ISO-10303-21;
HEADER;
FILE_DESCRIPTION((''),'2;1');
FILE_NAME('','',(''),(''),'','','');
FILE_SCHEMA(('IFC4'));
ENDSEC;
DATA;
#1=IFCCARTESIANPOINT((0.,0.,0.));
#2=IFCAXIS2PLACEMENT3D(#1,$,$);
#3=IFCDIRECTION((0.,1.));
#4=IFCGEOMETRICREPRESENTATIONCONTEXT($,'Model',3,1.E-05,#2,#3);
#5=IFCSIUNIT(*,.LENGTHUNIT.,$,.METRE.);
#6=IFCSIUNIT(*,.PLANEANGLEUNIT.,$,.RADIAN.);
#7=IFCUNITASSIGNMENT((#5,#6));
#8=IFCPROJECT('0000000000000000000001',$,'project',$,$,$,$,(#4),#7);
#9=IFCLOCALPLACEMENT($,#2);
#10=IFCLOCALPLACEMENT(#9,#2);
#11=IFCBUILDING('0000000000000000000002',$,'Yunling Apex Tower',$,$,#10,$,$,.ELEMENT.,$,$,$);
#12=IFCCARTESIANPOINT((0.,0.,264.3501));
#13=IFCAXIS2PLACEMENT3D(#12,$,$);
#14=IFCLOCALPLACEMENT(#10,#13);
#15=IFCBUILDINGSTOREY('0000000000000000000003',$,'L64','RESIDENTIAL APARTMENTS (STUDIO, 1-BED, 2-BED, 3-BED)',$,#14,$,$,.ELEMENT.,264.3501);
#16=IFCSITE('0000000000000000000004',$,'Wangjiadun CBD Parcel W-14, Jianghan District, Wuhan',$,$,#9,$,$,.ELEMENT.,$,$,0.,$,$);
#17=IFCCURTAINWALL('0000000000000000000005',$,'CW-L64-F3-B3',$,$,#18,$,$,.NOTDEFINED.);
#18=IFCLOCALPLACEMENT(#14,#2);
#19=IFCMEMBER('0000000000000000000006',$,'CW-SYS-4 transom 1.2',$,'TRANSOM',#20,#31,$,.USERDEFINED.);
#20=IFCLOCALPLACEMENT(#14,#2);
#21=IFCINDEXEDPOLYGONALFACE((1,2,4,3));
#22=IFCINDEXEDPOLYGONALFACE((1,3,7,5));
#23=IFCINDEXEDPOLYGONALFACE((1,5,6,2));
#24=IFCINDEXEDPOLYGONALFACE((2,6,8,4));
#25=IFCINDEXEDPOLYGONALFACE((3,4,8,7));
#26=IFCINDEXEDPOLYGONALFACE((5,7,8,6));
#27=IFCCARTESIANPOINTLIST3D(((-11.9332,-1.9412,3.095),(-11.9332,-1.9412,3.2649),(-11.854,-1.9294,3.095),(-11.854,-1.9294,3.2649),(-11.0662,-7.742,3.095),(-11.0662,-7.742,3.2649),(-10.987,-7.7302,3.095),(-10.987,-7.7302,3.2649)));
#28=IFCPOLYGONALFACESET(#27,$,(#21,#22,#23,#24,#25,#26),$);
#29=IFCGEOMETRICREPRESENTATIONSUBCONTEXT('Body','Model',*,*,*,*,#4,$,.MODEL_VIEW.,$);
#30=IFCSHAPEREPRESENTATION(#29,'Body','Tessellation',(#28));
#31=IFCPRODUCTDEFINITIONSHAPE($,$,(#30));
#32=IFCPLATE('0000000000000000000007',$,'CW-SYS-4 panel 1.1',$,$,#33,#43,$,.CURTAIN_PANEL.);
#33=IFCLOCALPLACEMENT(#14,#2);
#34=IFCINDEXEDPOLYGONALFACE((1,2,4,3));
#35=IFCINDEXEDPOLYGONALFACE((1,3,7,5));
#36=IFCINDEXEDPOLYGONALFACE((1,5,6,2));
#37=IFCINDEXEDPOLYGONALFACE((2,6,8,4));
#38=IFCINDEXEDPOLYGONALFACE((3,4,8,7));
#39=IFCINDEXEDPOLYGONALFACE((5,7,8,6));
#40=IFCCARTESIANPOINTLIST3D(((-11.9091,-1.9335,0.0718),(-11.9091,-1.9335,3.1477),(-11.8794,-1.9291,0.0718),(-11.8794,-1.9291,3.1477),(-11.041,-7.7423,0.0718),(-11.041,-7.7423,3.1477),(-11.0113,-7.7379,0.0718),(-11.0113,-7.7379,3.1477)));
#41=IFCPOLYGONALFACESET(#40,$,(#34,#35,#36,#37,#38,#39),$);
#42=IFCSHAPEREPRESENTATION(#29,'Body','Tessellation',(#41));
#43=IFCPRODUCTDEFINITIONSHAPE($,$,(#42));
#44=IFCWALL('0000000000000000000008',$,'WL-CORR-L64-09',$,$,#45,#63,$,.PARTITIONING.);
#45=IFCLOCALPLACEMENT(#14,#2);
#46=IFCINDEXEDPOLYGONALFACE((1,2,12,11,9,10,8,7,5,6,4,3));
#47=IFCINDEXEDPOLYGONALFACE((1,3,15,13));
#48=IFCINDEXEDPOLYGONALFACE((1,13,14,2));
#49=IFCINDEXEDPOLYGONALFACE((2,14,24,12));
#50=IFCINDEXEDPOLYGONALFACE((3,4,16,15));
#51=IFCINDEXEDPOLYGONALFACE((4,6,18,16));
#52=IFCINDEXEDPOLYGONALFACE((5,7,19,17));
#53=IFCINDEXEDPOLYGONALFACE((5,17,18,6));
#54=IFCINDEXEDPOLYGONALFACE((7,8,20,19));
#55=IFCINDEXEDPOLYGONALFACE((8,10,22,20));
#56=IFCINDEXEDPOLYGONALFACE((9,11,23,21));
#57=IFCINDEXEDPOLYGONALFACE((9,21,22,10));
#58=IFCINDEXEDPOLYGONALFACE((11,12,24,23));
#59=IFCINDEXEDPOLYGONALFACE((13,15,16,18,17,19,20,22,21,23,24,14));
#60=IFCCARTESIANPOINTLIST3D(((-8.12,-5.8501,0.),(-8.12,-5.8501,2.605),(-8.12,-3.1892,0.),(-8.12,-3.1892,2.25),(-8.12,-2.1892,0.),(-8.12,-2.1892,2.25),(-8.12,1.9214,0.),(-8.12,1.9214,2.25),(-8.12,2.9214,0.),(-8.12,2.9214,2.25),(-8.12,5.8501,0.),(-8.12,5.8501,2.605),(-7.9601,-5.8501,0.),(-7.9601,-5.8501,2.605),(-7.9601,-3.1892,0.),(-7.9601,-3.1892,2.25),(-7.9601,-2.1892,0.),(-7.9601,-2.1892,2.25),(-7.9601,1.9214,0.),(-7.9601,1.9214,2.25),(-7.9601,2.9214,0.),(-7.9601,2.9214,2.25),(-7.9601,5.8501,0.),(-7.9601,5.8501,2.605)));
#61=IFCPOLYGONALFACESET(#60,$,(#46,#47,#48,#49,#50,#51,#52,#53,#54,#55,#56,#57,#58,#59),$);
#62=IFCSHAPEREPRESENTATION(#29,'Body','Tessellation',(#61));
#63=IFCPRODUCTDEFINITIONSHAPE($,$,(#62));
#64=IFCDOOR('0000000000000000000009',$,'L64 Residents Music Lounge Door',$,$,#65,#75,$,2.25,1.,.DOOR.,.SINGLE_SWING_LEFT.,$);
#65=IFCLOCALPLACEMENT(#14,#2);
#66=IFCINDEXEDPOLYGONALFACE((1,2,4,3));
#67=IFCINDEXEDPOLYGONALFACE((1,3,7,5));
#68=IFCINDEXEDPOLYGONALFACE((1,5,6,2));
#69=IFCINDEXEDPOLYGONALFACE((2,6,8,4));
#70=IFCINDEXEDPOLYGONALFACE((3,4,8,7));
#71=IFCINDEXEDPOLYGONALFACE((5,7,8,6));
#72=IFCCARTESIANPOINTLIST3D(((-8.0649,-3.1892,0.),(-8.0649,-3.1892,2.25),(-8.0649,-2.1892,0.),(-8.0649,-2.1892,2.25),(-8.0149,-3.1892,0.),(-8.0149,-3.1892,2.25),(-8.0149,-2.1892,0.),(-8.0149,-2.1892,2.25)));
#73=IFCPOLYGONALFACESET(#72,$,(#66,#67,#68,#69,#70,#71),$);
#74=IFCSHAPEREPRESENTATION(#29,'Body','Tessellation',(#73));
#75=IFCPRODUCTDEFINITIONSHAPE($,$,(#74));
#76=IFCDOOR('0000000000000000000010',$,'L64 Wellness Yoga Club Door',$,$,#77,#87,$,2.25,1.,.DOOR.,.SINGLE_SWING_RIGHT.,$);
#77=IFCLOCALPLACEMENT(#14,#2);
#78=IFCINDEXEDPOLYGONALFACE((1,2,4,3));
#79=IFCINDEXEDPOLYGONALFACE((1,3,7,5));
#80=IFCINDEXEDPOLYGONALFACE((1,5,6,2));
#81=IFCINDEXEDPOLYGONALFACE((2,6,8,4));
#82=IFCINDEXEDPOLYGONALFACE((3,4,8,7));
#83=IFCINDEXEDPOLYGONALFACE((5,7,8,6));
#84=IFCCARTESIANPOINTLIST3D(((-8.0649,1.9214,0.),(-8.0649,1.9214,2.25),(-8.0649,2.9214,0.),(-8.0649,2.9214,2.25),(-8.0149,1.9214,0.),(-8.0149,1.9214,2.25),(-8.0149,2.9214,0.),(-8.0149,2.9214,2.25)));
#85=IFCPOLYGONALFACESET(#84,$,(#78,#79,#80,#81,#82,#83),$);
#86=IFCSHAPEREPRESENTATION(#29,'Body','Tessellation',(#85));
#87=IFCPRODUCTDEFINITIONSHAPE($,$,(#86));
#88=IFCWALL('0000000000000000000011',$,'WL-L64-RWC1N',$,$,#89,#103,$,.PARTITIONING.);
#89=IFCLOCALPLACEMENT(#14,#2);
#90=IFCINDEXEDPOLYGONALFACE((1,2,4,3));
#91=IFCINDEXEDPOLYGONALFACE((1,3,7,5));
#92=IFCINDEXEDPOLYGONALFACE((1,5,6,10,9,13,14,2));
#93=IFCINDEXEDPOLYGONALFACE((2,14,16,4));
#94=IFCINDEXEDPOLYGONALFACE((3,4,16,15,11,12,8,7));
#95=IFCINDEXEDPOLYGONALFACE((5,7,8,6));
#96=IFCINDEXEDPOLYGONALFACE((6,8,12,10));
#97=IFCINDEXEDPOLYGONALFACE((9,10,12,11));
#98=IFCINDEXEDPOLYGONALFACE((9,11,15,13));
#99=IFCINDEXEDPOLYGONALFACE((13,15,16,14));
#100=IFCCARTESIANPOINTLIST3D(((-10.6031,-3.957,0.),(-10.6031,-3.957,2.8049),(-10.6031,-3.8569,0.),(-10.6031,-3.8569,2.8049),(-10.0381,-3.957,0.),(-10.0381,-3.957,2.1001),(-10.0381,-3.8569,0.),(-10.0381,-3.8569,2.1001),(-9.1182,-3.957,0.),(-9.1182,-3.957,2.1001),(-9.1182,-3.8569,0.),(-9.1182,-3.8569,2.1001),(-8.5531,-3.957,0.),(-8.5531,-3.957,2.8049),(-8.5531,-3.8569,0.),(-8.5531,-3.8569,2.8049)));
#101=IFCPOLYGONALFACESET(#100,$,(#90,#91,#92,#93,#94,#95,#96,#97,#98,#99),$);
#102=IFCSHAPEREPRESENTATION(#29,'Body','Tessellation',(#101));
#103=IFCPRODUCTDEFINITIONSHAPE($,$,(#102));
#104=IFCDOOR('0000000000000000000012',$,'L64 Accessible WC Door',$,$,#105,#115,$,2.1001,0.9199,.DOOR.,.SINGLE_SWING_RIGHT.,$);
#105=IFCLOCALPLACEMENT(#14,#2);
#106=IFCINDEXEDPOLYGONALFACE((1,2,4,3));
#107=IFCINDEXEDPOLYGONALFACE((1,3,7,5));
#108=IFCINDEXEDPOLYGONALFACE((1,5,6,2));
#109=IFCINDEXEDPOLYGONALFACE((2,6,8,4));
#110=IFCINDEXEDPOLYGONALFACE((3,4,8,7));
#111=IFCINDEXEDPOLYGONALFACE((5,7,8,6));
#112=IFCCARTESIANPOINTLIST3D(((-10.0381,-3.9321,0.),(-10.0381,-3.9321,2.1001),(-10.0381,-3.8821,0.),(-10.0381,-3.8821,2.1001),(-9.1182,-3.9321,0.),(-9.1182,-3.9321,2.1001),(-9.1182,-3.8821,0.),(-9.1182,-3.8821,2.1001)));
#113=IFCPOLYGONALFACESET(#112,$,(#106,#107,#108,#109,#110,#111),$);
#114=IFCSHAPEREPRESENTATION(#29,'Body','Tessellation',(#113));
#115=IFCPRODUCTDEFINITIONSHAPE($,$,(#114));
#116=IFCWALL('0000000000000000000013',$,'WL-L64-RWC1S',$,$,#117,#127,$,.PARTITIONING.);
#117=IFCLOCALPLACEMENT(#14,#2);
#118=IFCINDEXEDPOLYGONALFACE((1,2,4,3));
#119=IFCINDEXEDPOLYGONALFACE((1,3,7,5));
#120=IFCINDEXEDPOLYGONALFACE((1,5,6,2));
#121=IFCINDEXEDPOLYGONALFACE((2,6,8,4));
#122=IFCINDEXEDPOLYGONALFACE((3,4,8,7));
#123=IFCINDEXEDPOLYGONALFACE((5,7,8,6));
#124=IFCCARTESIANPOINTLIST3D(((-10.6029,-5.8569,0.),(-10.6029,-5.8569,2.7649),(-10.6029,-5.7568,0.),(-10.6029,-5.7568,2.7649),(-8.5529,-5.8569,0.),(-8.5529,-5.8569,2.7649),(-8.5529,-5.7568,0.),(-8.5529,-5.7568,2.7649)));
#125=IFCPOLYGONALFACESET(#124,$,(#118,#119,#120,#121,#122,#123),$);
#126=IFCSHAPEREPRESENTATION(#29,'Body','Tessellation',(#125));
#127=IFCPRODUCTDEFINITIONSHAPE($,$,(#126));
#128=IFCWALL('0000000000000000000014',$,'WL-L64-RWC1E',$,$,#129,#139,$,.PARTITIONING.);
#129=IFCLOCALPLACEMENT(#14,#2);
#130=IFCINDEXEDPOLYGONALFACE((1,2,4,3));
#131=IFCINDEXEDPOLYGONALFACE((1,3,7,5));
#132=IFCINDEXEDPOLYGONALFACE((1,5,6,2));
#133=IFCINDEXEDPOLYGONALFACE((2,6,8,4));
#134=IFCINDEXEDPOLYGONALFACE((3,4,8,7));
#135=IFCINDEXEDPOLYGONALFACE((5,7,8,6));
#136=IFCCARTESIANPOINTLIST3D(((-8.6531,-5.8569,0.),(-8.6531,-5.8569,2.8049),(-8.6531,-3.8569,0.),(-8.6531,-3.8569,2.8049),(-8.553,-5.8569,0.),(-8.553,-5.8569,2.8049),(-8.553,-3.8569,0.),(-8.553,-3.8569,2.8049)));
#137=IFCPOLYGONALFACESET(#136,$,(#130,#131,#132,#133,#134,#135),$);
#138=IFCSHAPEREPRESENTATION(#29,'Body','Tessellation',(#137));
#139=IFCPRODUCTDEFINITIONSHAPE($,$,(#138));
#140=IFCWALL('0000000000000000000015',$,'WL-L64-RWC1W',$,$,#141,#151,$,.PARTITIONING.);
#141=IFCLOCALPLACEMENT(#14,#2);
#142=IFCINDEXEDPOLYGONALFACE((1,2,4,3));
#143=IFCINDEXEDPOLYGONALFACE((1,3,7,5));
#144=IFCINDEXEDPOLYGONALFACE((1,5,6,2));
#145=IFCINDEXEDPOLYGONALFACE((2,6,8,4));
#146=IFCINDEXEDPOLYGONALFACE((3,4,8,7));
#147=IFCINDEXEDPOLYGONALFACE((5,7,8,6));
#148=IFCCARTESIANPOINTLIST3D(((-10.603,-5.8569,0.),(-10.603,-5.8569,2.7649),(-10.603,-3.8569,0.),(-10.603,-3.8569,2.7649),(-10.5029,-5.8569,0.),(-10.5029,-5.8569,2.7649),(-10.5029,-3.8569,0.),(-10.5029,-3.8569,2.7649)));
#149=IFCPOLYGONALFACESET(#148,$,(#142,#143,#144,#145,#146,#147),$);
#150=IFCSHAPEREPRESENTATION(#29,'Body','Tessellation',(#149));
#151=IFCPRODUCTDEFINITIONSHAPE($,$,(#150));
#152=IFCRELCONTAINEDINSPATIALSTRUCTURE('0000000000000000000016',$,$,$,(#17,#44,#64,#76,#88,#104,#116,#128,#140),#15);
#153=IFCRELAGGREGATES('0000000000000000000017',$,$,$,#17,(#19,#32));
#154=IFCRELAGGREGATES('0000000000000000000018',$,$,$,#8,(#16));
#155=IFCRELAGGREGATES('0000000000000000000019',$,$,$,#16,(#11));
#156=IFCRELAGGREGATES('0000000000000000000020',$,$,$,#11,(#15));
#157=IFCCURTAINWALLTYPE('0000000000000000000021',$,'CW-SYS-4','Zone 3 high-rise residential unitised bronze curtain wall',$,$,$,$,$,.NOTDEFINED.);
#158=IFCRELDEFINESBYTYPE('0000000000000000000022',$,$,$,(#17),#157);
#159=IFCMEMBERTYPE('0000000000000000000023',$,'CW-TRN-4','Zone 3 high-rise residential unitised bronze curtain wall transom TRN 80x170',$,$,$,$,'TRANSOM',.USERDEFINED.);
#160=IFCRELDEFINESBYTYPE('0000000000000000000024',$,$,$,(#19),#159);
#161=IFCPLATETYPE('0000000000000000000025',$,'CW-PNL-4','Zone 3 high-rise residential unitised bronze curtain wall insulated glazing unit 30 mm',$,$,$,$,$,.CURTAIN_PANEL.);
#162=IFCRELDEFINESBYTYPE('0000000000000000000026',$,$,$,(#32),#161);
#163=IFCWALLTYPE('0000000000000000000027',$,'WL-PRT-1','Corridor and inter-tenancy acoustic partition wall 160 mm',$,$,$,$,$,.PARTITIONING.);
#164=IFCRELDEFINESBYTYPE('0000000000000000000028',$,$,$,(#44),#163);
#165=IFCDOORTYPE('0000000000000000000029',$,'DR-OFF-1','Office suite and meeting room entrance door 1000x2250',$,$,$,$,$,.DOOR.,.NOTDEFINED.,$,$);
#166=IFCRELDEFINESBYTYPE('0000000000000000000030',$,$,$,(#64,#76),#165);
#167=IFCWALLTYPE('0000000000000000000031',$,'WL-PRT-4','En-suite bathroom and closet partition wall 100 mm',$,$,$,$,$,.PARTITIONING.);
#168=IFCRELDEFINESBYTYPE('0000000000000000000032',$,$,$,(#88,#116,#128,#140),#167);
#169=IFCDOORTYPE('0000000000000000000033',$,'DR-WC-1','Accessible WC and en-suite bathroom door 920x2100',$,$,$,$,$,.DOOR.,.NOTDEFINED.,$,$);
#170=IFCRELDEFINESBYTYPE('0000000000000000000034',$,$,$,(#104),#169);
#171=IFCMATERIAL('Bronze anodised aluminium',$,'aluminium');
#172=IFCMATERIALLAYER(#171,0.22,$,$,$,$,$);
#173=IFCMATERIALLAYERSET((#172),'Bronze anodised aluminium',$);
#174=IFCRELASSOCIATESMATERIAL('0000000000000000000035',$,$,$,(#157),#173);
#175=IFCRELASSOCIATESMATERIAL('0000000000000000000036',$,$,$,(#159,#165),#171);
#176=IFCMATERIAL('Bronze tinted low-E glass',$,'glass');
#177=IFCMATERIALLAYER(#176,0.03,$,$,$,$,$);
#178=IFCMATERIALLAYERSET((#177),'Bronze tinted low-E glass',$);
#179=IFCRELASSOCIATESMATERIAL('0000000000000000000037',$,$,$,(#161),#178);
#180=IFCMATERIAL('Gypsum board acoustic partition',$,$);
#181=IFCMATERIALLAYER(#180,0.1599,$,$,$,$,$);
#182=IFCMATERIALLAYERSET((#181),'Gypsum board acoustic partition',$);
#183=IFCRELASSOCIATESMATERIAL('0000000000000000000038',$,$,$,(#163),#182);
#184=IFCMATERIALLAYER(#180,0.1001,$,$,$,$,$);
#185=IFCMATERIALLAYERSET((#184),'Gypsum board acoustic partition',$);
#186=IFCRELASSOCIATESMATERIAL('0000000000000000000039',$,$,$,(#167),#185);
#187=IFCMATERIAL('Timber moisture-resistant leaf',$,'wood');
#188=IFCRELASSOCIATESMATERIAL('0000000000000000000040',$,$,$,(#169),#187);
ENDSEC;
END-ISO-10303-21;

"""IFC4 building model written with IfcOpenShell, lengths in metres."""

from ifc_helpers import new_model, si_unit, direction, frame, frame_2d, origin, origin_2d, place, context, subcontext, project, spatial, rectangle, extrude, source, transform, mapped, material, layer, layer_set, material_profile, profile_set, type_object, element, fill, aggregate, save


model = new_model("IFC4")

# Units and contexts
model_context = context("Model", 3, precision=1e-05, world=origin(), true_north=direction((0.0, 1.0)))
body_context = subcontext(model_context, "Body", "Model", "MODEL_VIEW")
ifc_project = project(units=[si_unit("LENGTHUNIT", "METRE"), si_unit("PLANEANGLEUNIT", "RADIAN")], contexts=[model_context])

# Site, building, storey
site_placement = place(None, origin())
site = spatial("IfcSite", under=ifc_project, at=site_placement, Name="Wangjiadun CBD Parcel W-14, Jianghan District, Wuhan", CompositionType="ELEMENT", RefElevation=0.0)
building_placement = place(site_placement, origin())
building = spatial("IfcBuilding", under=site, at=building_placement, Name="Yunling Apex Tower", CompositionType="ELEMENT")
storey_placement = place(building_placement, frame((0.0, 0.0, 264.3501)))
storey = spatial("IfcBuildingStorey", under=building, at=storey_placement, Name="L64", Description="RESIDENTIAL APARTMENTS (STUDIO, 1-BED, 2-BED, 3-BED)", CompositionType="ELEMENT", Elevation=264.3501)

# Shared definitions
ifc_material_1 = material(Name="Bronze anodised aluminium", Category="aluminium")
ifc_layer_1 = layer(ifc_material_1, 0.22)
ifc_layer_set_1 = layer_set([ifc_layer_1], Name="Bronze anodised aluminium")
curtain_wall_type = type_object("IfcCurtainWallType", Name="CW-SYS-4", Description="Zone 3 high-rise residential unitised bronze curtain wall", PredefinedType="NOTDEFINED", material=ifc_layer_set_1)

# Curtain wall, member, plate
curtain_wall_1_placement = place(storey_placement, origin())
curtain_wall_1 = element("IfcCurtainWall", 1, at=curtain_wall_1_placement, inside=storey, type_object=curtain_wall_type, Name="CW-L64-F3-B3", PredefinedType="NOTDEFINED")
ifc_material_profile_1 = material_profile(ifc_material_1, rectangle(XDim=0.0801, YDim=0.1699, at=origin_2d()))
ifc_profile_set_1 = profile_set([ifc_material_profile_1], Name="Bronze anodised aluminium")
member_type_1 = type_object("IfcMemberType", Name="CW-TRN-4", Description="Zone 3 high-rise residential unitised bronze curtain wall transom TRN 80x170", ElementType="TRANSOM", PredefinedType="USERDEFINED", material=ifc_profile_set_1)
shared_shape_1 = source(origin(), body_context, "Body", "SweptSolid", [
    extrude(rectangle(XDim=0.0801, YDim=0.1699, at=origin_2d()), origin(), (0.0, 0.0, 1.0), 5.8652),
])
member_1_placement = place(storey_placement, frame((-11.8936, -1.9353, 3.1799), z_axis=(0.147811, -0.989016, 0.0), x_axis=(0.989016, 0.147811, 0.0)))
member_1 = element("IfcMember", 2, at=member_1_placement, type_object=member_type_1, Name="CW-SYS-4 transom 1.2", ObjectType="TRANSOM", PredefinedType="USERDEFINED", context=body_context, shape_type="MappedRepresentation", body=[
    mapped(shared_shape_1, transform((0.0, 0.0, 0.0), scale=1.0)),
])
ifc_material_2 = material(Name="Bronze tinted low-E glass", Category="glass")
ifc_layer_2 = layer(ifc_material_2, 0.03)
ifc_layer_set_2 = layer_set([ifc_layer_2], Name="Bronze tinted low-E glass")
plate_type = type_object("IfcPlateType", Name="CW-PNL-4", Description="Zone 3 high-rise residential unitised bronze curtain wall insulated glazing unit 30 mm", PredefinedType="CURTAIN_PANEL", material=ifc_layer_set_2)
shared_shape_2 = source(origin(), body_context, "Body", "SweptSolid", [
    extrude(rectangle(XDim=5.8733, YDim=0.03, at=origin_2d()), origin(), (0.0, 0.0, 1.0), 3.0759),
])
plate_placement = place(storey_placement, frame((-11.4602, -4.8357, 0.0718), z_axis=(0.0, 0.0, 1.0), x_axis=(0.147807, -0.989016, 0.0)))
plate = element("IfcPlate", 3, at=plate_placement, type_object=plate_type, Name="CW-SYS-4 panel 1.1", PredefinedType="CURTAIN_PANEL", context=body_context, shape_type="MappedRepresentation", body=[
    mapped(shared_shape_2, transform((0.0, 0.0, 0.0), scale=1.0)),
])
aggregate(curtain_wall_1, [member_1, plate])

# Wall, openings, doors
ifc_material_3 = material(Name="Gypsum board acoustic partition")
ifc_layer_3 = layer(ifc_material_3, 0.1599)
ifc_layer_set_3 = layer_set([ifc_layer_3], Name="Gypsum board acoustic partition")
wall_type_1 = type_object("IfcWallType", Name="WL-PRT-1", Description="Corridor and inter-tenancy acoustic partition wall 160 mm", PredefinedType="PARTITIONING", material=ifc_layer_set_3)
wall_1_placement = place(storey_placement, frame((-8.04, -5.8501, 0.0), z_axis=(0.0, 0.0, 1.0), x_axis=(0.0, 1.0, 0.0)))
wall_1 = element("IfcWall", 4, at=wall_1_placement, inside=storey, type_object=wall_type_1, Name="WL-CORR-L64-09", PredefinedType="PARTITIONING", context=body_context, shape_type="SweptSolid", body=[
    extrude(rectangle(XDim=11.7002, YDim=0.1599, at=frame_2d((5.8501, 0.0))), origin(), (0.0, 0.0, 1.0), 2.605),
])
opening_1_placement = place(wall_1_placement, frame((2.6609, 0.0, 0.0)))
opening_1 = element("IfcOpeningElement", 5, at=opening_1_placement, cuts=wall_1, PredefinedType="OPENING", context=body_context, shape_type="SweptSolid", body=[
    extrude(rectangle(XDim=1.0, YDim=2.25, at=frame_2d((0.5, 1.125))), frame((0.0, 0.0898, 0.0), z_axis=(0.0, -1.0, 0.0), x_axis=(1.0, 0.0, 0.0)), (0.0, 0.0, 1.0), 0.1799),
])
opening_2_placement = place(wall_1_placement, frame((7.7715, 0.0, 0.0)))
opening_2 = element("IfcOpeningElement", 6, at=opening_2_placement, cuts=wall_1, PredefinedType="OPENING", context=body_context, shape_type="SweptSolid", body=[
    extrude(rectangle(XDim=1.0, YDim=2.25, at=frame_2d((0.5, 1.125))), frame((0.0, 0.0898, 0.0), z_axis=(0.0, -1.0, 0.0), x_axis=(1.0, 0.0, 0.0)), (0.0, 0.0, 1.0), 0.1799),
])
door_type_1 = type_object("IfcDoorType", Name="DR-OFF-1", Description="Office suite and meeting room entrance door 1000x2250", OperationType="NOTDEFINED", PredefinedType="DOOR", material=ifc_material_1)
door_1_placement = place(opening_1_placement, origin())
door_1 = element("IfcDoor", 7, at=door_1_placement, inside=storey, type_object=door_type_1, Name="L64 Residents Music Lounge Door", OperationType="SINGLE_SWING_LEFT", OverallHeight=2.25, OverallWidth=1.0, PredefinedType="DOOR", context=body_context, shape_type="SweptSolid", body=[
    extrude(rectangle(XDim=1.0, YDim=2.25, at=frame_2d((0.5, 1.125))), frame((0.0, 0.0249, 0.0), z_axis=(0.0, -1.0, 0.0), x_axis=(1.0, 0.0, 0.0)), (0.0, 0.0, 1.0), 0.05),
])
fill(opening_1, door_1)
door_2_placement = place(opening_2_placement, origin())
door_2 = element("IfcDoor", 8, at=door_2_placement, inside=storey, type_object=door_type_1, Name="L64 Wellness Yoga Club Door", OperationType="SINGLE_SWING_RIGHT", OverallHeight=2.25, OverallWidth=1.0, PredefinedType="DOOR", context=body_context, shape_type="SweptSolid", body=[
    extrude(rectangle(XDim=1.0, YDim=2.25, at=frame_2d((0.5, 1.125))), frame((0.0, 0.0249, 0.0), z_axis=(0.0, -1.0, 0.0), x_axis=(1.0, 0.0, 0.0)), (0.0, 0.0, 1.0), 0.05),
])
fill(opening_2, door_2)

# Wall, opening, door
ifc_layer_4 = layer(ifc_material_3, 0.1001)
ifc_layer_set_4 = layer_set([ifc_layer_4], Name="Gypsum board acoustic partition")
wall_type_2 = type_object("IfcWallType", Name="WL-PRT-4", Description="En-suite bathroom and closet partition wall 100 mm", PredefinedType="PARTITIONING", material=ifc_layer_set_4)
wall_2_placement = place(storey_placement, frame((-10.603, -3.907, 0.0), z_axis=(0.0, 0.0, 1.0), x_axis=(1.0, 0.0, 0.0)))
wall_2 = element("IfcWall", 9, at=wall_2_placement, inside=storey, type_object=wall_type_2, Name="WL-L64-RWC1N", PredefinedType="PARTITIONING", context=body_context, shape_type="SweptSolid", body=[
    extrude(rectangle(XDim=2.05, YDim=0.1001, at=frame_2d((1.0249, 0.0))), origin(), (0.0, 0.0, 1.0), 2.8049),
])
opening_3_placement = place(wall_2_placement, frame((0.5649, 0.0, 0.0)))
opening_3 = element("IfcOpeningElement", 10, at=opening_3_placement, cuts=wall_2, PredefinedType="OPENING", context=body_context, shape_type="SweptSolid", body=[
    extrude(rectangle(XDim=0.9199, YDim=2.1001, at=frame_2d((0.46, 1.05))), frame((0.0, 0.0601, 0.0), z_axis=(0.0, -1.0, 0.0), x_axis=(1.0, 0.0, 0.0)), (0.0, 0.0, 1.0), 0.1201),
])
ifc_material_4 = material(Name="Timber moisture-resistant leaf", Category="wood")
door_type_2 = type_object("IfcDoorType", Name="DR-WC-1", Description="Accessible WC and en-suite bathroom door 920x2100", OperationType="NOTDEFINED", PredefinedType="DOOR", material=ifc_material_4)
door_3_placement = place(opening_3_placement, origin())
door_3 = element("IfcDoor", 11, at=door_3_placement, inside=storey, type_object=door_type_2, Name="L64 Accessible WC Door", OperationType="SINGLE_SWING_RIGHT", OverallHeight=2.1001, OverallWidth=0.9199, PredefinedType="DOOR", context=body_context, shape_type="SweptSolid", body=[
    extrude(rectangle(XDim=0.9199, YDim=2.1001, at=frame_2d((0.46, 1.05))), frame((0.0, 0.0249, 0.0), z_axis=(0.0, -1.0, 0.0), x_axis=(1.0, 0.0, 0.0)), (0.0, 0.0, 1.0), 0.05),
])
fill(opening_3, door_3)

# Walls
wall_3_placement = place(storey_placement, frame((-8.553, -5.8069, 0.0), z_axis=(0.0, 0.0, 1.0), x_axis=(-1.0, 0.0, 0.0)))
element("IfcWall", 12, at=wall_3_placement, inside=storey, type_object=wall_type_2, Name="WL-L64-RWC1S", PredefinedType="PARTITIONING", context=body_context, shape_type="SweptSolid", body=[
    extrude(rectangle(XDim=2.05, YDim=0.1001, at=frame_2d((1.0249, 0.0))), origin(), (0.0, 0.0, 1.0), 2.7649),
])
wall_4_placement = place(storey_placement, frame((-8.603, -3.8569, 0.0), z_axis=(0.0, 0.0, 1.0), x_axis=(0.0, -1.0, 0.0)))
element("IfcWall", 13, at=wall_4_placement, inside=storey, type_object=wall_type_2, Name="WL-L64-RWC1E", PredefinedType="PARTITIONING", context=body_context, shape_type="SweptSolid", body=[
    extrude(rectangle(XDim=2.0, YDim=0.1001, at=frame_2d((1.0, 0.0))), origin(), (0.0, 0.0, 1.0), 2.8049),
])
wall_5_placement = place(storey_placement, frame((-10.553, -5.8569, 0.0), z_axis=(0.0, 0.0, 1.0), x_axis=(0.0, 1.0, 0.0)))
element("IfcWall", 14, at=wall_5_placement, inside=storey, type_object=wall_type_2, Name="WL-L64-RWC1W", PredefinedType="PARTITIONING", context=body_context, shape_type="SweptSolid", body=[
    extrude(rectangle(XDim=2.0, YDim=0.1001, at=frame_2d((1.0, 0.0))), origin(), (0.0, 0.0, 1.0), 2.7649),
])

save(model, "model.ifc")
